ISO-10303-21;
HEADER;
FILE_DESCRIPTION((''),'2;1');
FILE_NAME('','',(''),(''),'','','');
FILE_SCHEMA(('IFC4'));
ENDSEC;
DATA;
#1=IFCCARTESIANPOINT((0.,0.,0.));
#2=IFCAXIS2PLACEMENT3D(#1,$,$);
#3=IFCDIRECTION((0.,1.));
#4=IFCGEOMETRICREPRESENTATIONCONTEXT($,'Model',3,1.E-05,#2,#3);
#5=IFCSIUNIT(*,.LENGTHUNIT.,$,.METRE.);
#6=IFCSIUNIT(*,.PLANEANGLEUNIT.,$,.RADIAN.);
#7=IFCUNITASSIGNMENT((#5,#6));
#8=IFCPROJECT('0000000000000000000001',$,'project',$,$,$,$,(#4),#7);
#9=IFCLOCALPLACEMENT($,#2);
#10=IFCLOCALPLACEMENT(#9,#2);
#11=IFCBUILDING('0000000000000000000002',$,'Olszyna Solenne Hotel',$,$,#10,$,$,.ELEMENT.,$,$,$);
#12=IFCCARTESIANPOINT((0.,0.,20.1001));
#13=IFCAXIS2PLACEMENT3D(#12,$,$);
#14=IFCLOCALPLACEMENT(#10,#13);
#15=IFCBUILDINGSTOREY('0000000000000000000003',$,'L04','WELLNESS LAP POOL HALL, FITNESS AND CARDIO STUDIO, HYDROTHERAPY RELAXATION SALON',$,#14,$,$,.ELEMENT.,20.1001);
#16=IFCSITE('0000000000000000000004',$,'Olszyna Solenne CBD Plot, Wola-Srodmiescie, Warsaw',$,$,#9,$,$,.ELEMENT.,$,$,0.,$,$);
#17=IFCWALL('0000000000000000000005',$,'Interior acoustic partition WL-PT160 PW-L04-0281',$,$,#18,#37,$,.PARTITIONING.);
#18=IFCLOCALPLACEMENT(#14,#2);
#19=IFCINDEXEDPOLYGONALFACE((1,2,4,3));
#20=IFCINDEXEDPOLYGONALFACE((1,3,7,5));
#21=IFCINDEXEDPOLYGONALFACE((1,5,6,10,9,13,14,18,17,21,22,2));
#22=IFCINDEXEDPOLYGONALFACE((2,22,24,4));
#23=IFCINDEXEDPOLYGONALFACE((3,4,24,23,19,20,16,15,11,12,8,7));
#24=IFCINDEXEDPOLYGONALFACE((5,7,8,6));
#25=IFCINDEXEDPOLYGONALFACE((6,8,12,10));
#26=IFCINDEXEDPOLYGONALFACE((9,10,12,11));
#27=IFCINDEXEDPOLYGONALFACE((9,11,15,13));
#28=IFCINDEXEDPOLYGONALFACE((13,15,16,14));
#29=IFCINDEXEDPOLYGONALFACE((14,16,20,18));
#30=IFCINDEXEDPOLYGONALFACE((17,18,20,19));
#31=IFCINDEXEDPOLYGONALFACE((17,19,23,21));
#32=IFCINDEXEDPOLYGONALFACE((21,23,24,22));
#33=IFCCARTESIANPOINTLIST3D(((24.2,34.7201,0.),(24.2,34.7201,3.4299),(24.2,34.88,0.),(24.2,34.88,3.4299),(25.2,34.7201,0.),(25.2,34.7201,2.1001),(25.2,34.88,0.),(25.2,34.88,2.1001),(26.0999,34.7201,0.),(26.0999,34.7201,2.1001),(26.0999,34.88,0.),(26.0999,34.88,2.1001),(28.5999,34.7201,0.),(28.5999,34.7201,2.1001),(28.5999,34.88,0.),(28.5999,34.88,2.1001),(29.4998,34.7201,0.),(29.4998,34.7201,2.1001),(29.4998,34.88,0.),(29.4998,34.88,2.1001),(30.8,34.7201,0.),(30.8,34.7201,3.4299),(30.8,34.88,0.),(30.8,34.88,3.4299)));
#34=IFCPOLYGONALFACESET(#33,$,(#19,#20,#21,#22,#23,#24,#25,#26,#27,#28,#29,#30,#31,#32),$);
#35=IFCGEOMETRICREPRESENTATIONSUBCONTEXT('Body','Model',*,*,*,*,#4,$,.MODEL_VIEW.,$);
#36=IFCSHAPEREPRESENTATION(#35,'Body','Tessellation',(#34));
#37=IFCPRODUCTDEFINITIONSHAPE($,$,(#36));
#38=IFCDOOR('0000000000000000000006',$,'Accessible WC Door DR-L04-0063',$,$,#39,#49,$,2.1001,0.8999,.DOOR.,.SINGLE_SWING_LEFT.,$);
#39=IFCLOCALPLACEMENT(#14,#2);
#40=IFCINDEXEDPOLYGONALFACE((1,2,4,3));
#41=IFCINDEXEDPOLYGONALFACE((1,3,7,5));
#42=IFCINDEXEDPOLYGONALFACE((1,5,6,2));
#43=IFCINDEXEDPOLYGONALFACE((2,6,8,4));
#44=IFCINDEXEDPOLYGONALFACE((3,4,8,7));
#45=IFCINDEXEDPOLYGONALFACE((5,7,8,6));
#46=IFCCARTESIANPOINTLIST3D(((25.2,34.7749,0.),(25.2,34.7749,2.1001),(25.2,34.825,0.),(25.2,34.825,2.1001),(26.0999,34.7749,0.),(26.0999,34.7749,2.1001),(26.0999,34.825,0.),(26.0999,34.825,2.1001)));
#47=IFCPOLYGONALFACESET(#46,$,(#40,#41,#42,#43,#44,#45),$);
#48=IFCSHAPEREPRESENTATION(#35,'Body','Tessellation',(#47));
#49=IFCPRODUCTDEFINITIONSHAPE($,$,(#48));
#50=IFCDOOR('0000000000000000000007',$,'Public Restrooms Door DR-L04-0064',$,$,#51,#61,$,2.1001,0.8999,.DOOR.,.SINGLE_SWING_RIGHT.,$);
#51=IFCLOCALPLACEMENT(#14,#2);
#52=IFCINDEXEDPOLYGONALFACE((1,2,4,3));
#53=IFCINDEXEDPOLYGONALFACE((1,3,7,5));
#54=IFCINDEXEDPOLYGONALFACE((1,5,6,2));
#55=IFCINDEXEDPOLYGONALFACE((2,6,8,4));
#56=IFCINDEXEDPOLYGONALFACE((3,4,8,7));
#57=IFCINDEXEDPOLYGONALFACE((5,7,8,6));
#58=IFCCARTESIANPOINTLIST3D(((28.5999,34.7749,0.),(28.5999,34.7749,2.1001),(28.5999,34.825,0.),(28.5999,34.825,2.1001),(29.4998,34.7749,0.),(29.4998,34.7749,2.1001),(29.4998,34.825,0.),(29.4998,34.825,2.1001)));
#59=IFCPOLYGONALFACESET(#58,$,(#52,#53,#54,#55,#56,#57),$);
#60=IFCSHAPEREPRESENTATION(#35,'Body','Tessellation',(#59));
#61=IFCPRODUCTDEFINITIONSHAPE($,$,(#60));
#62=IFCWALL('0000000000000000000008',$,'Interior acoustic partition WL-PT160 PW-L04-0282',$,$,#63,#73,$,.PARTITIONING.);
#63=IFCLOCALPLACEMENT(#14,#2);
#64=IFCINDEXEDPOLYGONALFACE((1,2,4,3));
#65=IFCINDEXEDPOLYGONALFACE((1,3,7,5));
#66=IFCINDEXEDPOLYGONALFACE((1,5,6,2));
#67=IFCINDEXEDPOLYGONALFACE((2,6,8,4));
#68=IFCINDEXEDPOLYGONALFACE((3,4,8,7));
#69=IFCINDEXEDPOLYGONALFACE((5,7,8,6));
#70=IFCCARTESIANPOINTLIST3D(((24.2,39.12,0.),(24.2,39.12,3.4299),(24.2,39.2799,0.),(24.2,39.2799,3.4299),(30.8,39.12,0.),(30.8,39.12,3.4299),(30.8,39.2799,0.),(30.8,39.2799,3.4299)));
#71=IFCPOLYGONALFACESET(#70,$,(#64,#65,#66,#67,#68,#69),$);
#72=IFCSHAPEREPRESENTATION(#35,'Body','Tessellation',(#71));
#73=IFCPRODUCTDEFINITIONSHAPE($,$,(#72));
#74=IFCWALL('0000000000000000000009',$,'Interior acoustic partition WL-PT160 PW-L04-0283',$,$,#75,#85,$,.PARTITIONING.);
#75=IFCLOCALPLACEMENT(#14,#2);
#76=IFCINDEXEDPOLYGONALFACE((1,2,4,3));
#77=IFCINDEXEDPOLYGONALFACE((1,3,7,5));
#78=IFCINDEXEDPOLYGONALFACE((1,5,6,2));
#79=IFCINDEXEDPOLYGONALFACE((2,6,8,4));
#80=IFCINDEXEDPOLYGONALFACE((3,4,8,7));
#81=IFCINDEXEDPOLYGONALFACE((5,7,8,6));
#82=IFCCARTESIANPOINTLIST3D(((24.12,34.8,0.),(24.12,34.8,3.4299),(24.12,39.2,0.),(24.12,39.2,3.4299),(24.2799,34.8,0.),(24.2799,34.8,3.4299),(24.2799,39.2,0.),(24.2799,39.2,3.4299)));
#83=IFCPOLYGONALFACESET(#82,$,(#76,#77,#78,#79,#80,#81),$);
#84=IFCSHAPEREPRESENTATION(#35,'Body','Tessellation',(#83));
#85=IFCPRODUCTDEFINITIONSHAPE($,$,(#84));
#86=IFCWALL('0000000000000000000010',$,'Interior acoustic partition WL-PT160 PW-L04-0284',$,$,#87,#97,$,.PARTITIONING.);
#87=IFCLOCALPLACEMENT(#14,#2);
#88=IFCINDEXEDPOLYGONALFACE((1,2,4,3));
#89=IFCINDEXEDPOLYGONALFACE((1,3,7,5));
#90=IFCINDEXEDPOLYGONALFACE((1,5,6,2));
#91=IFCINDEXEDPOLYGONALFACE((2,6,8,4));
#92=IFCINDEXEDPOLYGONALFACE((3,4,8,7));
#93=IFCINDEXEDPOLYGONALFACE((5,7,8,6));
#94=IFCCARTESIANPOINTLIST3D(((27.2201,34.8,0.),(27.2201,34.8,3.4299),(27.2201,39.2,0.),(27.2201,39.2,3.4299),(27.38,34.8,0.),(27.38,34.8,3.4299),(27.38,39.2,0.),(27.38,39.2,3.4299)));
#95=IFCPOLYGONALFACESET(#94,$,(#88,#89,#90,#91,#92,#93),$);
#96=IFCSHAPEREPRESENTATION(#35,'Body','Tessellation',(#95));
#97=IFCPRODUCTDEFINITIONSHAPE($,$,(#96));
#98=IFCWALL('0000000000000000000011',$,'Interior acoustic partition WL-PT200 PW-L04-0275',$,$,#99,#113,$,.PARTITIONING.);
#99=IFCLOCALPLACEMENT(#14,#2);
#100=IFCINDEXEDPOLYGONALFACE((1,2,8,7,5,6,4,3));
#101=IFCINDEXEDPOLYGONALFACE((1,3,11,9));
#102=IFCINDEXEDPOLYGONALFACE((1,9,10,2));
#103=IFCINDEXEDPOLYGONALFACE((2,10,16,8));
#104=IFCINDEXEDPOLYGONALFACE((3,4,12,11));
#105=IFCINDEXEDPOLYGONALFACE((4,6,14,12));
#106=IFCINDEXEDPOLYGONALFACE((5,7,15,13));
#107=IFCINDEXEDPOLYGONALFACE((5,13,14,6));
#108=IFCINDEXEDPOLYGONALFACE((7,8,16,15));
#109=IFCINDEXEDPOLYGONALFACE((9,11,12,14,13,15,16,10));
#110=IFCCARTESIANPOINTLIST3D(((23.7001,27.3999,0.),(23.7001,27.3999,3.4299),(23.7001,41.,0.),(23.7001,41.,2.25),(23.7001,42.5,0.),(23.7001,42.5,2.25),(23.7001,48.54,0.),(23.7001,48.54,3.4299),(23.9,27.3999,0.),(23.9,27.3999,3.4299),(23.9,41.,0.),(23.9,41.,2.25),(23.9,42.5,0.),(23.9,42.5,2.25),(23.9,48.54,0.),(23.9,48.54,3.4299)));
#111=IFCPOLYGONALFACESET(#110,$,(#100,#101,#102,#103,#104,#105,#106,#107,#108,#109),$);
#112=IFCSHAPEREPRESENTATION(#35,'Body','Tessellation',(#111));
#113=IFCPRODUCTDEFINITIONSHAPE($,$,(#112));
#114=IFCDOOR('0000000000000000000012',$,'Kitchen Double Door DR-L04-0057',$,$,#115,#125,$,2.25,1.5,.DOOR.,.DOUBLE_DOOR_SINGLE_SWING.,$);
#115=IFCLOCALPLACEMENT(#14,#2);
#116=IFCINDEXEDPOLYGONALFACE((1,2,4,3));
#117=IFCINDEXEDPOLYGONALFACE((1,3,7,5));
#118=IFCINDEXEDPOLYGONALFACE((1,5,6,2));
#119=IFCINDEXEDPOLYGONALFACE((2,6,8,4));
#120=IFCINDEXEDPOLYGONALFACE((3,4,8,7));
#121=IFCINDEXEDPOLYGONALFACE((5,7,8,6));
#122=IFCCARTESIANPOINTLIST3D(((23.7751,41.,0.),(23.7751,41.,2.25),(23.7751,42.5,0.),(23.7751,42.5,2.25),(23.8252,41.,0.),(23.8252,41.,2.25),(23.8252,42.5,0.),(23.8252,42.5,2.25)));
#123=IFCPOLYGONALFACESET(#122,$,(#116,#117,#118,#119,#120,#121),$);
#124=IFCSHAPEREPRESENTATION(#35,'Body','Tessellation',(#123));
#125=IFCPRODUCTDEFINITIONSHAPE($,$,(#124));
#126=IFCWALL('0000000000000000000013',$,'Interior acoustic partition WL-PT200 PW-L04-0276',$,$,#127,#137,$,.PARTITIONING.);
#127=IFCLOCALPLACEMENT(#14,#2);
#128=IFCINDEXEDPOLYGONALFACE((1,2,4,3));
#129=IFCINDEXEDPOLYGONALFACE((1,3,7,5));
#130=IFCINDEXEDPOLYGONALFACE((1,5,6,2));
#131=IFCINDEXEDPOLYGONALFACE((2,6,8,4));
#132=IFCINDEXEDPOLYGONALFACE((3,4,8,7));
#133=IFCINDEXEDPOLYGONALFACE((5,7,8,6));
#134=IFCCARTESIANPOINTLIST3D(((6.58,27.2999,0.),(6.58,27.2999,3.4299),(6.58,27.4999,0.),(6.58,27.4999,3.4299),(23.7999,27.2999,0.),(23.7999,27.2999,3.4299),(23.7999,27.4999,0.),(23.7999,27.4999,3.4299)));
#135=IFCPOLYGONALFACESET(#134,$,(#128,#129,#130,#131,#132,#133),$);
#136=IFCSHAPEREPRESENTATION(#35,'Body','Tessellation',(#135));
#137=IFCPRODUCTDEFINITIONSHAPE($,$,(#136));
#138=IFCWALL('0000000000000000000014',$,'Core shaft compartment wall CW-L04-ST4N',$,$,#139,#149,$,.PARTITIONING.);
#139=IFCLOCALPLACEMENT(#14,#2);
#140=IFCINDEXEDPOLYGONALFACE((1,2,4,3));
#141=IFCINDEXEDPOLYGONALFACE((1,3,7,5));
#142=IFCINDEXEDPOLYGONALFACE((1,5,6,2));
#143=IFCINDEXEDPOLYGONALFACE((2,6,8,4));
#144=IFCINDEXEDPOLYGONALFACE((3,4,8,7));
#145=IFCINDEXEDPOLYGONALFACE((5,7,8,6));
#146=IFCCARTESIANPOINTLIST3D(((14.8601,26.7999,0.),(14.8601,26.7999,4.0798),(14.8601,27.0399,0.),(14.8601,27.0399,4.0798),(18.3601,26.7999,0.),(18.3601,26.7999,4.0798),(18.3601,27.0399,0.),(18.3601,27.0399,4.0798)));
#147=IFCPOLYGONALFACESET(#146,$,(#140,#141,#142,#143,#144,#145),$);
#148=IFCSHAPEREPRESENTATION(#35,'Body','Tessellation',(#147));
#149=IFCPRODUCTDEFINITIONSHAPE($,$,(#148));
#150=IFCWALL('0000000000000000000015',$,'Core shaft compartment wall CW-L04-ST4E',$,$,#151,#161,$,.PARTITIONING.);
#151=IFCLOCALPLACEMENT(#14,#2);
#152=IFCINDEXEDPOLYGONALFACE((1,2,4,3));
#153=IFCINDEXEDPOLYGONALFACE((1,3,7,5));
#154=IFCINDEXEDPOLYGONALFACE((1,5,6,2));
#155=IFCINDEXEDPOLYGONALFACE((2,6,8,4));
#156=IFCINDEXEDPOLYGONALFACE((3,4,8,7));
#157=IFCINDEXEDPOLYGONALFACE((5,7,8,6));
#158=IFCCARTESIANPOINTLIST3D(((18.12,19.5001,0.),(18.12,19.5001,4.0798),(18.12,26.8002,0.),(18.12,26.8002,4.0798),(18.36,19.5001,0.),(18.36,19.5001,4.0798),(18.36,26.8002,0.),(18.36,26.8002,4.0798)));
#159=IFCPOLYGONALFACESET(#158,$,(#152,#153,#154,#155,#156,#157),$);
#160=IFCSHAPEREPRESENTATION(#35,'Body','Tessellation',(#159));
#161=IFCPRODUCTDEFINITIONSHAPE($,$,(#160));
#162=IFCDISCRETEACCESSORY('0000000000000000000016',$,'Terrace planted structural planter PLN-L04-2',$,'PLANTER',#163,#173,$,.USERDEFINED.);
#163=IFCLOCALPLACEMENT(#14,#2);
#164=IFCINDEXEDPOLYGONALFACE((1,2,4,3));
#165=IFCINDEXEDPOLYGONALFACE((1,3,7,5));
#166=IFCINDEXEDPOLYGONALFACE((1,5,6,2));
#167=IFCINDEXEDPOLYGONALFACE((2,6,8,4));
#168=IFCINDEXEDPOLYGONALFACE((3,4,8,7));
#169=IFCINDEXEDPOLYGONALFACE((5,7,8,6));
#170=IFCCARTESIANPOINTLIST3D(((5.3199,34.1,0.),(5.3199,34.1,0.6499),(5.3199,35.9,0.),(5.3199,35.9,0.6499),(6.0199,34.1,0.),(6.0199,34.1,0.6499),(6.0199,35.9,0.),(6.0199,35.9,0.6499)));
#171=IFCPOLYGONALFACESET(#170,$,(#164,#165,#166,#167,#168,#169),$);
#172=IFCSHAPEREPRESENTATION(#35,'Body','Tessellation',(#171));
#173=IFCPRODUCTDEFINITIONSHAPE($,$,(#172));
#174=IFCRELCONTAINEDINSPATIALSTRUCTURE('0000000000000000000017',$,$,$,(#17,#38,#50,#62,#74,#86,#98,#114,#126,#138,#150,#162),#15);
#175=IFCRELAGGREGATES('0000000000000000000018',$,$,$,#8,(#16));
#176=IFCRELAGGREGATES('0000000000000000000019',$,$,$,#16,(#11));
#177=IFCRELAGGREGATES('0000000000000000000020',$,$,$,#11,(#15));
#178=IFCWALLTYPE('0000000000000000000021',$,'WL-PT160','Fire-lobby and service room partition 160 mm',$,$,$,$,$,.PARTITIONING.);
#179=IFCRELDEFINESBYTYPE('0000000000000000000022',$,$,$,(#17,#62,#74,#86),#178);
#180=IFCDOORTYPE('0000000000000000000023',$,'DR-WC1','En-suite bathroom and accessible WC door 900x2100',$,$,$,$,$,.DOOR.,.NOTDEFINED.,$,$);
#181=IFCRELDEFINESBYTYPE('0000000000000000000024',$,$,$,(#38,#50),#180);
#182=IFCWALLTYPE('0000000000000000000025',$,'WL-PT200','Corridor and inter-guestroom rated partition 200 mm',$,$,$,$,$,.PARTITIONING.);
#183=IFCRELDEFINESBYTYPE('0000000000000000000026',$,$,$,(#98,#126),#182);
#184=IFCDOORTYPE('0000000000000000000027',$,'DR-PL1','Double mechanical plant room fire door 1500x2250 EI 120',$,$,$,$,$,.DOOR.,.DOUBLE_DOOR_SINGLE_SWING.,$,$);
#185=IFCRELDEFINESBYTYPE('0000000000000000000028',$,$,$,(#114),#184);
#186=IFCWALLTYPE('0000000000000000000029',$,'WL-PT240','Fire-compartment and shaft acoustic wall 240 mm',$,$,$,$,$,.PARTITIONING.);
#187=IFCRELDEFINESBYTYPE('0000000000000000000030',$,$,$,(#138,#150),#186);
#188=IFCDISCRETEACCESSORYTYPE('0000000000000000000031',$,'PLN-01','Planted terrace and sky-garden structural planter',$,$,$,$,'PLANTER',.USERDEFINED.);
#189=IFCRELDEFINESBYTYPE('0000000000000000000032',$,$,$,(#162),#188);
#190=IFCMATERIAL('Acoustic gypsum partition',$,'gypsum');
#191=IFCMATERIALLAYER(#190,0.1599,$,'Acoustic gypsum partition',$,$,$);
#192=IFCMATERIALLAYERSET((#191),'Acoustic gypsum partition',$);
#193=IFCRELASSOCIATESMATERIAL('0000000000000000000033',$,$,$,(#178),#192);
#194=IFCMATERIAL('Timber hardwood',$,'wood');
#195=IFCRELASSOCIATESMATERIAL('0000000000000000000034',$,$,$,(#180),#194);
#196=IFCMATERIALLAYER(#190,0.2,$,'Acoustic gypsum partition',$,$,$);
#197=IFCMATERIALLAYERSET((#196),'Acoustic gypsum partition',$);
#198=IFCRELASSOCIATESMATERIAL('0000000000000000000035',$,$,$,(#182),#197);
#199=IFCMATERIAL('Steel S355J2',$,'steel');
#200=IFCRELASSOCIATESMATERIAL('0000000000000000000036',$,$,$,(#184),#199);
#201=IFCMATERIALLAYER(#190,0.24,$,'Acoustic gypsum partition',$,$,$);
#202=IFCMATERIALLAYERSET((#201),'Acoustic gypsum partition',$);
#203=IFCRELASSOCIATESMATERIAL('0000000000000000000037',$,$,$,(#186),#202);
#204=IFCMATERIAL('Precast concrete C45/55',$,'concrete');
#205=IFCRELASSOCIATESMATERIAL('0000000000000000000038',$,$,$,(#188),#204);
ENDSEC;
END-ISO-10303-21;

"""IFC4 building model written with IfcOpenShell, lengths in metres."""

from ifc_helpers import new_model, si_unit, direction, frame, frame_2d, origin, origin_2d, place, context, subcontext, project, spatial, rectangle, extrude, source, transform, mapped, material, layer, layer_set, type_object, type_shapes, element, fill, save


model = new_model("IFC4")

# Units and contexts
model_context = context("Model", 3, precision=1e-05, world=origin(), true_north=direction((0.0, 1.0)))
body_context = subcontext(model_context, "Body", "Model", "MODEL_VIEW")
ifc_project = project(units=[si_unit("LENGTHUNIT", "METRE"), si_unit("PLANEANGLEUNIT", "RADIAN")], contexts=[model_context])

# Site, building, storey
site_placement = place(None, origin())
site = spatial("IfcSite", under=ifc_project, at=site_placement, Name="Olszyna Solenne CBD Plot, Wola-Srodmiescie, Warsaw", CompositionType="ELEMENT", RefElevation=0.0)
building_placement = place(site_placement, origin())
building = spatial("IfcBuilding", under=site, at=building_placement, Name="Olszyna Solenne Hotel", CompositionType="ELEMENT")
storey_placement = place(building_placement, frame((0.0, 0.0, 20.1001)))
storey = spatial("IfcBuildingStorey", under=building, at=storey_placement, Name="L04", Description="WELLNESS LAP POOL HALL, FITNESS AND CARDIO STUDIO, HYDROTHERAPY RELAXATION SALON", CompositionType="ELEMENT", Elevation=20.1001)

# Shared definitions
ifc_material_1 = material(Name="Steel S355J2", Category="steel")

# Shared definitions
ifc_material_2 = material(Name="Acoustic gypsum partition", Category="gypsum")
ifc_layer_1 = layer(ifc_material_2, 0.1599, Name="Acoustic gypsum partition")
ifc_layer_set_1 = layer_set([ifc_layer_1], Name="Acoustic gypsum partition")
wall_type_1 = type_object("IfcWallType", Name="WL-PT160", Description="Fire-lobby and service room partition 160 mm", PredefinedType="PARTITIONING", material=ifc_layer_set_1)

# Wall, openings, doors
wall_1_placement = place(storey_placement, frame((24.2, 34.8, 0.0), z_axis=(0.0, 0.0, 1.0), x_axis=(1.0, 0.0, 0.0)))
wall_1 = element("IfcWall", 1, at=wall_1_placement, inside=storey, type_object=wall_type_1, Name="Interior acoustic partition WL-PT160 PW-L04-0281", PredefinedType="PARTITIONING", context=body_context, shape_type="SweptSolid", body=[
    extrude(rectangle(XDim=6.6001, YDim=0.1599, at=frame_2d((3.3, 0.0))), origin(), (0.0, 0.0, 1.0), 3.4299),
])
opening_1_placement = place(wall_1_placement, frame((1.0, 0.0, 0.0)))
opening_1 = element("IfcOpeningElement", 2, at=opening_1_placement, cuts=wall_1, PredefinedType="OPENING", context=body_context, shape_type="SweptSolid", body=[
    extrude(rectangle(XDim=0.8999, YDim=2.1001, at=frame_2d((0.45, 1.05))), frame((0.0, 0.0898, 0.0), z_axis=(0.0, -1.0, 0.0), x_axis=(1.0, 0.0, 0.0)), (0.0, 0.0, 1.0), 0.1799),
])
opening_2_placement = place(wall_1_placement, frame((4.3999, 0.0, 0.0)))
opening_2 = element("IfcOpeningElement", 3, at=opening_2_placement, cuts=wall_1, PredefinedType="OPENING", context=body_context, shape_type="SweptSolid", body=[
    extrude(rectangle(XDim=0.8999, YDim=2.1001, at=frame_2d((0.45, 1.05))), frame((0.0, 0.0898, 0.0), z_axis=(0.0, -1.0, 0.0), x_axis=(1.0, 0.0, 0.0)), (0.0, 0.0, 1.0), 0.1799),
])
ifc_material_3 = material(Name="Timber hardwood", Category="wood")
door_type_1 = type_object("IfcDoorType", Name="DR-WC1", Description="En-suite bathroom and accessible WC door 900x2100", OperationType="NOTDEFINED", PredefinedType="DOOR", material=ifc_material_3)
shared_shape_1 = source(origin(), body_context, "Body", "SweptSolid", [
    extrude(rectangle(XDim=0.8999, YDim=2.1001, at=frame_2d((0.45, 1.05))), frame((0.0, 0.0249, 0.0), z_axis=(0.0, -1.0, 0.0), x_axis=(1.0, 0.0, 0.0)), (0.0, 0.0, 1.0), 0.05),
])
type_shapes(door_type_1, [shared_shape_1])
door_1_placement = place(opening_1_placement, origin())
door_1 = element("IfcDoor", 4, at=door_1_placement, inside=storey, type_object=door_type_1, Name="Accessible WC Door DR-L04-0063", OperationType="SINGLE_SWING_LEFT", OverallHeight=2.1001, OverallWidth=0.8999, PredefinedType="DOOR", context=body_context, shape_type="MappedRepresentation", body=[
    mapped(shared_shape_1, transform((0.0, 0.0, 0.0), x_axis=(1.0, 0.0, 0.0), y_axis=(0.0, 1.0, 0.0), z_axis=(0.0, 0.0, 1.0), scale=1.0)),
])
fill(opening_1, door_1)
door_2_placement = place(opening_2_placement, origin())
door_2 = element("IfcDoor", 5, at=door_2_placement, inside=storey, type_object=door_type_1, Name="Public Restrooms Door DR-L04-0064", OperationType="SINGLE_SWING_RIGHT", OverallHeight=2.1001, OverallWidth=0.8999, PredefinedType="DOOR", context=body_context, shape_type="MappedRepresentation", body=[
    mapped(shared_shape_1, transform((0.0, 0.0, 0.0), x_axis=(1.0, 0.0, 0.0), y_axis=(0.0, 1.0, 0.0), z_axis=(0.0, 0.0, 1.0), scale=1.0)),
])
fill(opening_2, door_2)

# Walls
wall_2_placement = place(storey_placement, frame((24.2, 39.2, 0.0), z_axis=(0.0, 0.0, 1.0), x_axis=(1.0, 0.0, 0.0)))
element("IfcWall", 6, at=wall_2_placement, inside=storey, type_object=wall_type_1, Name="Interior acoustic partition WL-PT160 PW-L04-0282", PredefinedType="PARTITIONING", context=body_context, shape_type="SweptSolid", body=[
    extrude(rectangle(XDim=6.6001, YDim=0.1599, at=frame_2d((3.3, 0.0))), origin(), (0.0, 0.0, 1.0), 3.4299),
])
for number, where, z_axis, x_axis, name in (
    (7, (24.2, 34.8, 0.0), (0.0, 0.0, 1.0), (0.0, 1.0, 0.0), "Interior acoustic partition WL-PT160 PW-L04-0283"),
    (8, (27.3, 34.8, 0.0), (0.0, 0.0, 1.0), (0.0, 1.0, 0.0), "Interior acoustic partition WL-PT160 PW-L04-0284"),
):
    element("IfcWall", number, at=place(storey_placement, frame(where, z_axis=z_axis, x_axis=x_axis)), inside=storey, type_object=wall_type_1, Name=name, PredefinedType="PARTITIONING", context=body_context, shape_type="SweptSolid", body=[
        extrude(rectangle(XDim=4.3999, YDim=0.1599, at=frame_2d((2.2, 0.0))), origin(), (0.0, 0.0, 1.0), 3.4299),
    ])

# Wall, opening, door
ifc_layer_2 = layer(ifc_material_2, 0.2, Name="Acoustic gypsum partition")
ifc_layer_set_2 = layer_set([ifc_layer_2], Name="Acoustic gypsum partition")
wall_type_2 = type_object("IfcWallType", Name="WL-PT200", Description="Corridor and inter-guestroom rated partition 200 mm", PredefinedType="PARTITIONING", material=ifc_layer_set_2)
wall_3_placement = place(storey_placement, frame((23.8, 27.3999, 0.0), z_axis=(0.0, 0.0, 1.0), x_axis=(0.0, 1.0, 0.0)))
wall_3 = element("IfcWall", 9, at=wall_3_placement, inside=storey, type_object=wall_type_2, Name="Interior acoustic partition WL-PT200 PW-L04-0275", PredefinedType="PARTITIONING", context=body_context, shape_type="SweptSolid", body=[
    extrude(rectangle(XDim=21.1401, YDim=0.2, at=frame_2d((10.5701, 0.0))), origin(), (0.0, 0.0, 1.0), 3.4299),
])
opening_3_placement = place(wall_3_placement, frame((13.6001, 0.0, 0.0)))
opening_3 = element("IfcOpeningElement", 10, at=opening_3_placement, cuts=wall_3, PredefinedType="OPENING", context=body_context, shape_type="SweptSolid", body=[
    extrude(rectangle(XDim=1.5, YDim=2.25, at=frame_2d((0.75, 1.125))), frame((0.0, 0.1099, 0.0), z_axis=(0.0, -1.0, 0.0), x_axis=(1.0, 0.0, 0.0)), (0.0, 0.0, 1.0), 0.22),
])
door_type_2 = type_object("IfcDoorType", Name="DR-PL1", Description="Double mechanical plant room fire door 1500x2250 EI 120", OperationType="DOUBLE_DOOR_SINGLE_SWING", PredefinedType="DOOR", material=ifc_material_1)
shared_shape_2 = source(origin(), body_context, "Body", "SweptSolid", [
    extrude(rectangle(XDim=1.5, YDim=2.25, at=frame_2d((0.75, 1.125))), frame((0.0, 0.0249, 0.0), z_axis=(0.0, -1.0, 0.0), x_axis=(1.0, 0.0, 0.0)), (0.0, 0.0, 1.0), 0.05),
])
type_shapes(door_type_2, [shared_shape_2])
door_3_placement = place(opening_3_placement, origin())
door_3 = element("IfcDoor", 11, at=door_3_placement, inside=storey, type_object=door_type_2, Name="Kitchen Double Door DR-L04-0057", OperationType="DOUBLE_DOOR_SINGLE_SWING", OverallHeight=2.25, OverallWidth=1.5, PredefinedType="DOOR", context=body_context, shape_type="MappedRepresentation", body=[
    mapped(shared_shape_2, transform((0.0, 0.0, 0.0), x_axis=(1.0, 0.0, 0.0), y_axis=(0.0, 1.0, 0.0), z_axis=(0.0, 0.0, 1.0), scale=1.0)),
])
fill(opening_3, door_3)

# Walls
wall_4_placement = place(storey_placement, frame((6.5801, 27.3999, 0.0), z_axis=(0.0, 0.0, 1.0), x_axis=(1.0, 0.0, 0.0)))
element("IfcWall", 12, at=wall_4_placement, inside=storey, type_object=wall_type_2, Name="Interior acoustic partition WL-PT200 PW-L04-0276", PredefinedType="PARTITIONING", context=body_context, shape_type="SweptSolid", body=[
    extrude(rectangle(XDim=17.22, YDim=0.2, at=frame_2d((8.6099, 0.0))), origin(), (0.0, 0.0, 1.0), 3.4299),
])
ifc_layer_3 = layer(ifc_material_2, 0.24, Name="Acoustic gypsum partition")
ifc_layer_set_3 = layer_set([ifc_layer_3], Name="Acoustic gypsum partition")
wall_type_3 = type_object("IfcWallType", Name="WL-PT240", Description="Fire-compartment and shaft acoustic wall 240 mm", PredefinedType="PARTITIONING", material=ifc_layer_set_3)
wall_5_placement = place(storey_placement, frame((14.8601, 26.9199, 0.0), z_axis=(0.0, 0.0, 1.0), x_axis=(1.0, 0.0, 0.0)))
element("IfcWall", 13, at=wall_5_placement, inside=storey, type_object=wall_type_3, Name="Core shaft compartment wall CW-L04-ST4N", PredefinedType="PARTITIONING", context=body_context, shape_type="SweptSolid", body=[
    extrude(rectangle(XDim=3.5, YDim=0.24, at=frame_2d((1.75, 0.0))), origin(), (0.0, 0.0, 1.0), 4.0798),
])
wall_6_placement = place(storey_placement, frame((18.24, 26.8, 0.0), z_axis=(0.0, 0.0, 1.0), x_axis=(0.0, -1.0, 0.0)))
element("IfcWall", 14, at=wall_6_placement, inside=storey, type_object=wall_type_3, Name="Core shaft compartment wall CW-L04-ST4E", PredefinedType="PARTITIONING", context=body_context, shape_type="SweptSolid", body=[
    extrude(rectangle(XDim=7.3, YDim=0.24, at=frame_2d((3.6499, 0.0))), origin(), (0.0, 0.0, 1.0), 4.0798),
])

# Discrete accessory
ifc_material_4 = material(Name="Precast concrete C45/55", Category="concrete")
discrete_accessory_type = type_object("IfcDiscreteAccessoryType", Name="PLN-01", Description="Planted terrace and sky-garden structural planter", ElementType="PLANTER", PredefinedType="USERDEFINED", material=ifc_material_4)
shared_shape_3 = source(origin(), body_context, "Body", "SweptSolid", [
    extrude(rectangle(XDim=1.8, YDim=0.7, at=origin_2d()), origin(), (0.0, 0.0, 1.0), 0.6499),
])
discrete_accessory_placement = place(storey_placement, frame((5.6699, 35.0, 0.0), z_axis=(0.0, 0.0, 1.0), x_axis=(0.0, 1.0, 0.0)))
element("IfcDiscreteAccessory", 15, at=discrete_accessory_placement, inside=storey, type_object=discrete_accessory_type, Name="Terrace planted structural planter PLN-L04-2", ObjectType="PLANTER", PredefinedType="USERDEFINED", context=body_context, shape_type="MappedRepresentation", body=[
    mapped(shared_shape_3, transform((0.0, 0.0, 0.0), x_axis=(1.0, 0.0, 0.0), y_axis=(0.0, 1.0, 0.0), z_axis=(0.0, 0.0, 1.0), scale=1.0)),
])

save(model, "model.ifc")
